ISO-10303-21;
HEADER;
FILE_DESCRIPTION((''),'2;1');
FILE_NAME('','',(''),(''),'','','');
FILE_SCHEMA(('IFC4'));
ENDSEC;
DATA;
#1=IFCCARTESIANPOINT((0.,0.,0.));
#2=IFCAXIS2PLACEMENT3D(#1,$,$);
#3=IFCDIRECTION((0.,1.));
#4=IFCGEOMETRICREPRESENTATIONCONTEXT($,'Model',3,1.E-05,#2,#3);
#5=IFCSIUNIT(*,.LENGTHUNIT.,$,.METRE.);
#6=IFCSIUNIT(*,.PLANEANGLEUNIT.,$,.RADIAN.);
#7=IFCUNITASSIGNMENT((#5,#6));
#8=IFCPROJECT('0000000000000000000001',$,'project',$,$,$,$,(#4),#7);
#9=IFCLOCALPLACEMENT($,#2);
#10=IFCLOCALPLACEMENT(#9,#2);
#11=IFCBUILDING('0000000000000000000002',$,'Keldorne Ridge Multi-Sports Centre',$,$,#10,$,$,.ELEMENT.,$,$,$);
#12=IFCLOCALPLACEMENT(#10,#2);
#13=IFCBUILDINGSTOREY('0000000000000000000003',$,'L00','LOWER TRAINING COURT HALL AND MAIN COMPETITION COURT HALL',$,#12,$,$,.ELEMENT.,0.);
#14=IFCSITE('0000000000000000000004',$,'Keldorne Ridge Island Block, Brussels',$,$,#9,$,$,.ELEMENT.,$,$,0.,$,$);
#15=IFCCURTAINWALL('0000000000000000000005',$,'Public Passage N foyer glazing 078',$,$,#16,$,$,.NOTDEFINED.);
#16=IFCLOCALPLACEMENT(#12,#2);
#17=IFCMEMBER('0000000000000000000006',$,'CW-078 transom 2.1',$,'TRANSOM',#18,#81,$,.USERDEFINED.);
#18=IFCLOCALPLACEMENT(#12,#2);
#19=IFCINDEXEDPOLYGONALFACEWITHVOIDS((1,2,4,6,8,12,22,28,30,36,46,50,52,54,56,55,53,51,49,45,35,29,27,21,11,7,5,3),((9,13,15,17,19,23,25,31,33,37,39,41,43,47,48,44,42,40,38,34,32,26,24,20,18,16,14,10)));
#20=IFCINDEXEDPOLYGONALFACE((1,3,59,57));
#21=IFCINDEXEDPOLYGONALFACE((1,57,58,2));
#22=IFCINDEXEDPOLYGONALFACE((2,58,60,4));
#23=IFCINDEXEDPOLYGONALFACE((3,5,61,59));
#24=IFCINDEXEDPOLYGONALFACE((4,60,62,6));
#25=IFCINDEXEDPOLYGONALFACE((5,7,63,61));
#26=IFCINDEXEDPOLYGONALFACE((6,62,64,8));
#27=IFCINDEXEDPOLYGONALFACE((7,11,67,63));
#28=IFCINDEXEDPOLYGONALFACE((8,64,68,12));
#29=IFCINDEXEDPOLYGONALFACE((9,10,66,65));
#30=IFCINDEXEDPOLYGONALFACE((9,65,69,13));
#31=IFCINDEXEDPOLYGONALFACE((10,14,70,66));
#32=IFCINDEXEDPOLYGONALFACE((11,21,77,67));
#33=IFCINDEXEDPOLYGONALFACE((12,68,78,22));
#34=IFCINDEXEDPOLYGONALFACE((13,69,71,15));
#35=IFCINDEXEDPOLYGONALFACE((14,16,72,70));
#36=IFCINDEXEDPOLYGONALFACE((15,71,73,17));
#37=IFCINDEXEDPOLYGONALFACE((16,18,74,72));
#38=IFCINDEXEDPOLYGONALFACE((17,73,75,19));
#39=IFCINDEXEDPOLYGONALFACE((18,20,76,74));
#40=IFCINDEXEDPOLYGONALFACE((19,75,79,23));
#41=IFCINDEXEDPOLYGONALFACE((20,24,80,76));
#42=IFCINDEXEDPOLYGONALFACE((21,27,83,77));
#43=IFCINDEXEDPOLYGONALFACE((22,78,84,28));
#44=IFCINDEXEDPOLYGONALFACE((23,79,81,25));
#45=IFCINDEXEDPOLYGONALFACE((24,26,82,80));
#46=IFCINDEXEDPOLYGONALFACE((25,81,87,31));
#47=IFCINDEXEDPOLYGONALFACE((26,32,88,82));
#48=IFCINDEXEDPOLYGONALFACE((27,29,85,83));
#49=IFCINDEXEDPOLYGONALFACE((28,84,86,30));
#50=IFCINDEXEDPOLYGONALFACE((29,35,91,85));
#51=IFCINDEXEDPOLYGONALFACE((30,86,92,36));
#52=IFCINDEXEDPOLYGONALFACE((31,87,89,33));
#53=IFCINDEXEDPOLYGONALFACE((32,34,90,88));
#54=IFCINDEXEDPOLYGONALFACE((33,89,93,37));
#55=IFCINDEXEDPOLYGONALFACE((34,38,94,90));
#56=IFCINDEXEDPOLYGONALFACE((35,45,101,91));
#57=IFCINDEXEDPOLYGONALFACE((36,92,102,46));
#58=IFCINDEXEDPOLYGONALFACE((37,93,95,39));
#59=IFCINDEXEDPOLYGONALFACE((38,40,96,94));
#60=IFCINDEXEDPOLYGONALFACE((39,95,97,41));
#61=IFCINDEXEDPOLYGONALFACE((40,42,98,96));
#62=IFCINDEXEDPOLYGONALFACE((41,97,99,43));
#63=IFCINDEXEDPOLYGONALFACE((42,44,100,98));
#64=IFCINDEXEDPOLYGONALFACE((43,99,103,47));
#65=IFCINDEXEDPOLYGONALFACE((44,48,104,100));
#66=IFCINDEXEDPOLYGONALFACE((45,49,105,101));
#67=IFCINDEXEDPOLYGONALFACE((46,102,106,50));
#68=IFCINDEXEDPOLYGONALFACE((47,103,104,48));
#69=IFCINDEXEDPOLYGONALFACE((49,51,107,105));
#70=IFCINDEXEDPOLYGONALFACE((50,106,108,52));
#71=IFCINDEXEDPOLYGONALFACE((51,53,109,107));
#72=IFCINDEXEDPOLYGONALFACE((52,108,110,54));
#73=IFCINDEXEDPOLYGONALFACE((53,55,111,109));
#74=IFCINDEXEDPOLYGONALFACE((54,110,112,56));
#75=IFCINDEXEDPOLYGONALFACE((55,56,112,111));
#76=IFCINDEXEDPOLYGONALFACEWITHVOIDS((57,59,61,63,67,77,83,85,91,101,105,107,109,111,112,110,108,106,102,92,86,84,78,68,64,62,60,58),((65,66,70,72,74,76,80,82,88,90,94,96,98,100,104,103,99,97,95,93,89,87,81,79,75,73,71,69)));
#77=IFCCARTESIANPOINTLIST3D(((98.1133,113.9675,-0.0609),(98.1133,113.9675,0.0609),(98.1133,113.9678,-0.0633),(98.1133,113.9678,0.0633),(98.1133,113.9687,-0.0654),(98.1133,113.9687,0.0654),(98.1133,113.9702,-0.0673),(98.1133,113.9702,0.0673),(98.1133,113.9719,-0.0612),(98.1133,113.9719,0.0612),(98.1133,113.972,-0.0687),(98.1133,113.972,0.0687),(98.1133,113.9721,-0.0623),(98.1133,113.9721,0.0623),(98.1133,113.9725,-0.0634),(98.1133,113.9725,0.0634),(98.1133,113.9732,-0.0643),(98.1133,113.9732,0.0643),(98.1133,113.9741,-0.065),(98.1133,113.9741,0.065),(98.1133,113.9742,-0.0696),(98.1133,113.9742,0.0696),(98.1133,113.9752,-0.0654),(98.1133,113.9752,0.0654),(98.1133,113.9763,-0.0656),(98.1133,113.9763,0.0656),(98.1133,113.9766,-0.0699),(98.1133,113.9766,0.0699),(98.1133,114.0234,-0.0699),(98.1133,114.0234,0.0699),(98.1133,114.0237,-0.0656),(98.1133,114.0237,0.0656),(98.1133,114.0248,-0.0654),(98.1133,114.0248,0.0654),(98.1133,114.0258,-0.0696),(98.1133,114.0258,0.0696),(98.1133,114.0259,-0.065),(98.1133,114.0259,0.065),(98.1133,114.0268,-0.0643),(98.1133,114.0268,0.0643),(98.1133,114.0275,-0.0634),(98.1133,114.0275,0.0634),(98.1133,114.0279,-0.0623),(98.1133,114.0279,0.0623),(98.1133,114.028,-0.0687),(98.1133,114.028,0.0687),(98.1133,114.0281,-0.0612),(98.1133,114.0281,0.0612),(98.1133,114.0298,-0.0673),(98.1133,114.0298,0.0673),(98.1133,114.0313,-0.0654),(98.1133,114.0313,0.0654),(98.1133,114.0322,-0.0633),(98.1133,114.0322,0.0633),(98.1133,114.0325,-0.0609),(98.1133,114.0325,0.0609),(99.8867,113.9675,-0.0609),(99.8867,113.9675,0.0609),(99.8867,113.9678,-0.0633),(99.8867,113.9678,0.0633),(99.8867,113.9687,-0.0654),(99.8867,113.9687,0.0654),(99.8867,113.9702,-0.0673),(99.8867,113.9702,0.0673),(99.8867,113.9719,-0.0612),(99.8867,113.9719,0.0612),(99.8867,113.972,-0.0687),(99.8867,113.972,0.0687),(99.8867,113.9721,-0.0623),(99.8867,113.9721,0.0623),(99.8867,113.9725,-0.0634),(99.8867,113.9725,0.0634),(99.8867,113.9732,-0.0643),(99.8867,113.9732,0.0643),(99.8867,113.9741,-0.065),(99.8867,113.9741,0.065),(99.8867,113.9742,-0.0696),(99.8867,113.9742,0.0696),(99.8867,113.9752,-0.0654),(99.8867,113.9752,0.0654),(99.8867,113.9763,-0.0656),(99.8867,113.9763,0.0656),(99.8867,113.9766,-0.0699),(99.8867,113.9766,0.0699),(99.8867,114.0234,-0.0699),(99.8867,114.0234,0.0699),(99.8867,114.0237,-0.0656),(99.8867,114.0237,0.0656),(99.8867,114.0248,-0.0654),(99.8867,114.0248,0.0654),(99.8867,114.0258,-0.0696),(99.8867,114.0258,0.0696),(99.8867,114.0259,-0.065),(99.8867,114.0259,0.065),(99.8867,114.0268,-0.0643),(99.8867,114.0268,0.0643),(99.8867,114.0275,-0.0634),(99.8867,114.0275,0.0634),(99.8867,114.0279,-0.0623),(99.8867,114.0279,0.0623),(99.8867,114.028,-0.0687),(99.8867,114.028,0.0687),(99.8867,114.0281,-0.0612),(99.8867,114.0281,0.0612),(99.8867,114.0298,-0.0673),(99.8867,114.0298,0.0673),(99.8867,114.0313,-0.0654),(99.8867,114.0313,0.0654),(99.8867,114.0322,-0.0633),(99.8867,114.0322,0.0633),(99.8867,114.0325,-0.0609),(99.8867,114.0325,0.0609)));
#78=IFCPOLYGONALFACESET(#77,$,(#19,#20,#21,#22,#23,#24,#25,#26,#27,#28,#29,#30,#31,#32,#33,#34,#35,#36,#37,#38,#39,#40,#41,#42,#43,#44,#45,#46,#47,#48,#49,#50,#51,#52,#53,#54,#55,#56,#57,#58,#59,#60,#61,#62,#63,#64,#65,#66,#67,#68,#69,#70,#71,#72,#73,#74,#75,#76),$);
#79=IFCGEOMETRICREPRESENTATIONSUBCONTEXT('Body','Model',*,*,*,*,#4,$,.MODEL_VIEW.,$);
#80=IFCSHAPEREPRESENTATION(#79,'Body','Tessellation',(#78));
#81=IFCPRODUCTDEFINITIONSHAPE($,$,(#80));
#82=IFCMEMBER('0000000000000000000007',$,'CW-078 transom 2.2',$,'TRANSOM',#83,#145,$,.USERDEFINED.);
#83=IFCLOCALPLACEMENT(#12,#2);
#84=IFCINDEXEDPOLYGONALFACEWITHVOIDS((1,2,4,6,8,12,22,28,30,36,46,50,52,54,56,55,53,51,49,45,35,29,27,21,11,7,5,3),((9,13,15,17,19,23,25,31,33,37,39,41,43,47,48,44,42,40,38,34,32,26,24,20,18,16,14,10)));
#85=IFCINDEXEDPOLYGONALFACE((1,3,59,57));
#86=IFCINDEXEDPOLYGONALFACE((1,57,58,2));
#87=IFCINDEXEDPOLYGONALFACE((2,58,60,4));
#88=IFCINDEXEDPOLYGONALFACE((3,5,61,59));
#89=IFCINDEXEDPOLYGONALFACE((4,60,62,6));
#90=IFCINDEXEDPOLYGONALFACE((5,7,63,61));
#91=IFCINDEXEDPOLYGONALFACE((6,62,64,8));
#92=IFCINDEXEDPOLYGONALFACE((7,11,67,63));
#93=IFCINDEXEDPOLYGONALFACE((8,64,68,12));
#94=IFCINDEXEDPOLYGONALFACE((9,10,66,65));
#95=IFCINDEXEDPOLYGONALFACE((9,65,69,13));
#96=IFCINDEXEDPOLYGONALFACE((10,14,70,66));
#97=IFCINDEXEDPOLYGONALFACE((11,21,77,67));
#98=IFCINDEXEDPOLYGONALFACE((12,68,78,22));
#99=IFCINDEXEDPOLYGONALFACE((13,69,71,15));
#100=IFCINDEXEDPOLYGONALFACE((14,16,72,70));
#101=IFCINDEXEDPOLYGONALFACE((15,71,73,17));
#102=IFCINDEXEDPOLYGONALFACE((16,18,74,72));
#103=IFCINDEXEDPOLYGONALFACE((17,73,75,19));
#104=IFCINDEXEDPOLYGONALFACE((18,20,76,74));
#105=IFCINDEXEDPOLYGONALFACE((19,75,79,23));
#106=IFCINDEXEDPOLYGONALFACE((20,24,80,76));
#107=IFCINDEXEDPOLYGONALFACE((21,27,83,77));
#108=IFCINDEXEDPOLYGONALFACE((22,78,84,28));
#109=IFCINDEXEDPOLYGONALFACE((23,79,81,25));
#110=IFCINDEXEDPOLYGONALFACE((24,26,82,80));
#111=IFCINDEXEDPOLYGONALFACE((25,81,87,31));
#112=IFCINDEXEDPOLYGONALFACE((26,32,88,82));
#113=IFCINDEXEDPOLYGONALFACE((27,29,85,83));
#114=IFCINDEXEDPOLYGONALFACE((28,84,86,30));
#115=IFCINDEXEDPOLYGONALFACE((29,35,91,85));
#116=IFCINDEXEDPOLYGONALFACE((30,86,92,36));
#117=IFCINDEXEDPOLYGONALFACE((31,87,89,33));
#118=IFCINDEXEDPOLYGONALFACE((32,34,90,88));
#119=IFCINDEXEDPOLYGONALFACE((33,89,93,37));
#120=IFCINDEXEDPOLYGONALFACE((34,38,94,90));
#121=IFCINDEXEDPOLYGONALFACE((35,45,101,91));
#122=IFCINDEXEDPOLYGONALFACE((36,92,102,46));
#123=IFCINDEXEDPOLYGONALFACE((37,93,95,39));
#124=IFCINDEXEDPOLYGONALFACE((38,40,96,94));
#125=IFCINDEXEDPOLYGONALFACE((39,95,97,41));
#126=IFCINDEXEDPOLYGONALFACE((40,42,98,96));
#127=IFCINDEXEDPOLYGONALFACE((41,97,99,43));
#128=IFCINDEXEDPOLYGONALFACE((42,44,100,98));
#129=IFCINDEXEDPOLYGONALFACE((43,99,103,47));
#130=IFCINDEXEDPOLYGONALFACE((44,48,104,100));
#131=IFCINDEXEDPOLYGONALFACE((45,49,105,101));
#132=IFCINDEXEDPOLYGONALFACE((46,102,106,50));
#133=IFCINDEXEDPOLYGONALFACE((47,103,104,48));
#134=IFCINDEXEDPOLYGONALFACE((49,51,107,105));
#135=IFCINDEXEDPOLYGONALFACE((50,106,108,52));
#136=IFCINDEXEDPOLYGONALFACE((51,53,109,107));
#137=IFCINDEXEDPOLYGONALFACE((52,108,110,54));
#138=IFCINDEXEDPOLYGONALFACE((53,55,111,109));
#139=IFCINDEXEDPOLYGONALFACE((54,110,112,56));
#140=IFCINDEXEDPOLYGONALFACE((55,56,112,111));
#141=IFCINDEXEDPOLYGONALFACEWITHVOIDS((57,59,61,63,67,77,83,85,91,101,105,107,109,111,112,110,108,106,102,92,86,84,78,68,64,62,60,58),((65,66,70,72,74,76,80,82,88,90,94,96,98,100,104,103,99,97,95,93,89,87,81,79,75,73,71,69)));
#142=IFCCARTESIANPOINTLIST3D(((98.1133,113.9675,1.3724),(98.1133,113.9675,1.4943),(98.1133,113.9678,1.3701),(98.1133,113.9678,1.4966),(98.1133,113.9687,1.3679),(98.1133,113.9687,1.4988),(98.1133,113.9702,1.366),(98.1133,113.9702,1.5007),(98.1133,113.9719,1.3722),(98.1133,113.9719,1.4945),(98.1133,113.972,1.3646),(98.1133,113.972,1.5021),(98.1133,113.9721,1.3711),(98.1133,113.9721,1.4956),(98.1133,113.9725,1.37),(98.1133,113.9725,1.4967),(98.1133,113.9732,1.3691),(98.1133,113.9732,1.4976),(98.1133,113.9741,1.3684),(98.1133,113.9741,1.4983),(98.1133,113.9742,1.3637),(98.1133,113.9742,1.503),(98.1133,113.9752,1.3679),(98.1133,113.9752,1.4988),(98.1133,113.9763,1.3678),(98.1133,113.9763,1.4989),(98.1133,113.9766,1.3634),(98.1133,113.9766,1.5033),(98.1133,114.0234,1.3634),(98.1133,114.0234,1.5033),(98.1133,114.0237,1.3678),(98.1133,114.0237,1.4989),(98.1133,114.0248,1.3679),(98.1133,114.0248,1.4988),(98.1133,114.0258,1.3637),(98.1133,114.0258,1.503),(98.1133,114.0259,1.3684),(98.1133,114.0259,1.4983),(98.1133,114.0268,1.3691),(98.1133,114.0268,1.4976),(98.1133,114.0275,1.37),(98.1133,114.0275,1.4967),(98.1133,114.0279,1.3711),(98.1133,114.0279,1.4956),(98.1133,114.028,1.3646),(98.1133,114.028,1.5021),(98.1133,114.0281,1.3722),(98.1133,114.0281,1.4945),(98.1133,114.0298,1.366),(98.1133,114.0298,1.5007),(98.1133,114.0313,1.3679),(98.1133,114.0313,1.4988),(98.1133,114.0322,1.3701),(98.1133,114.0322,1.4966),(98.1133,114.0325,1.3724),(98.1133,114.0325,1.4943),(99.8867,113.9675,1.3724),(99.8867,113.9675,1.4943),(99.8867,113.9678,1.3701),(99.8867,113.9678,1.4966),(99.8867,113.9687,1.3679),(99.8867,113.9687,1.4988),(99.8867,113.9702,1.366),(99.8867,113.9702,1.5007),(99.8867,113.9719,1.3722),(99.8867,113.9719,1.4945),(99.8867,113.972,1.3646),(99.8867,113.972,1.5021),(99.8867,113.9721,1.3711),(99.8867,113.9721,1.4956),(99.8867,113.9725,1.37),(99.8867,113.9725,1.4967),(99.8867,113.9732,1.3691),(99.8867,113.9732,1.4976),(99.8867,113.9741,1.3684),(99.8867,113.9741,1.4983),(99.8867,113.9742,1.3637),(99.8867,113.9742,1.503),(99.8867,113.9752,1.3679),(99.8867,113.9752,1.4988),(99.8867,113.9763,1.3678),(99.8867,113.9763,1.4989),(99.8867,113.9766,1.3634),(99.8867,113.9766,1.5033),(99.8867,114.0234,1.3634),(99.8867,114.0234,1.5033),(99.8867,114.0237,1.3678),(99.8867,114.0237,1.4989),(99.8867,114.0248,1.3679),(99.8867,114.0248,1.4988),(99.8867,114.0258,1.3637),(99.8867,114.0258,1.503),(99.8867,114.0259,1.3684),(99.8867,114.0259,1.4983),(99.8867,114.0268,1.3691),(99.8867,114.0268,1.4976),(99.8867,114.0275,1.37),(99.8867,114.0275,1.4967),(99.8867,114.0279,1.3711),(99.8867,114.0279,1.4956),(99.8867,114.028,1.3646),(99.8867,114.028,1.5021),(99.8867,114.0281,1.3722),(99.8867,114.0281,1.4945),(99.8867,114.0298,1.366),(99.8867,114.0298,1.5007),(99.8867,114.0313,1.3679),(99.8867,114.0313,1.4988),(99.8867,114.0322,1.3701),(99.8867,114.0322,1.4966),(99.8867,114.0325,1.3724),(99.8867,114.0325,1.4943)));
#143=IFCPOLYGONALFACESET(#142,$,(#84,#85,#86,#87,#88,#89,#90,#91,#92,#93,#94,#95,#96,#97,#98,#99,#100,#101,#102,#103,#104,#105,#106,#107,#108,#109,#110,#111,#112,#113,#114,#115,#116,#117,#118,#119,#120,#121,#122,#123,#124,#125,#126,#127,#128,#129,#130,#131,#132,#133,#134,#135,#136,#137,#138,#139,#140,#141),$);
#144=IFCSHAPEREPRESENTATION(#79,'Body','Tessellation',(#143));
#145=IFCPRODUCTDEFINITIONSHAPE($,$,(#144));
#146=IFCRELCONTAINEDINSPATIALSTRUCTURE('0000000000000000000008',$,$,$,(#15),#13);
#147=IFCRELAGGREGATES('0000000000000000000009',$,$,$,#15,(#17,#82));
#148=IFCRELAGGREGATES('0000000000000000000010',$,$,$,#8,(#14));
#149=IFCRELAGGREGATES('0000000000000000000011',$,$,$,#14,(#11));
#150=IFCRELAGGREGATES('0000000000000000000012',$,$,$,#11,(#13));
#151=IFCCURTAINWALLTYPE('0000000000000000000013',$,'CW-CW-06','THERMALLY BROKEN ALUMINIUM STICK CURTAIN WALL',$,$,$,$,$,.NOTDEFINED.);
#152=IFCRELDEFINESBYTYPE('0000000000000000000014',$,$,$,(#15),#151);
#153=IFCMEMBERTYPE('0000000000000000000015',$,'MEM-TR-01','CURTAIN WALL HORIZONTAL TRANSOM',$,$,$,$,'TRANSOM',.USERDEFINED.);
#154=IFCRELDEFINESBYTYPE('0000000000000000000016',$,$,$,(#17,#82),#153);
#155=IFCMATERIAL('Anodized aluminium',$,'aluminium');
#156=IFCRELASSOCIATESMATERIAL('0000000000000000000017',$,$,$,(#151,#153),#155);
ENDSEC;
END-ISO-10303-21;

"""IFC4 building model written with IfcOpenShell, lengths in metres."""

from ifc_helpers import new_model, si_unit, direction, frame, origin, origin_2d, place, context, subcontext, project, spatial, hollow_rectangle, extrude, material, material_profile, profile_set, type_object, element, aggregate, save


model = new_model("IFC4")

# Units and contexts
model_context = context("Model", 3, precision=1e-05, world=origin(), true_north=direction((0.0, 1.0)))
body_context = subcontext(model_context, "Body", "Model", "MODEL_VIEW")
ifc_project = project(units=[si_unit("LENGTHUNIT", "METRE"), si_unit("PLANEANGLEUNIT", "RADIAN")], contexts=[model_context])

# Site, building, storey
site_placement = place(None, origin())
site = spatial("IfcSite", under=ifc_project, at=site_placement, Name="Keldorne Ridge Island Block, Brussels", CompositionType="ELEMENT", RefElevation=0.0)
building_placement = place(site_placement, origin())
building = spatial("IfcBuilding", under=site, at=building_placement, Name="Keldorne Ridge Multi-Sports Centre", CompositionType="ELEMENT")
storey_placement = place(building_placement, origin())
storey = spatial("IfcBuildingStorey", under=building, at=storey_placement, Name="L00", Description="LOWER TRAINING COURT HALL AND MAIN COMPETITION COURT HALL", CompositionType="ELEMENT", Elevation=0.0)

# Curtain wall, members
ifc_material_1 = material(Name="Anodized aluminium", Category="aluminium")
curtain_wall_type = type_object("IfcCurtainWallType", Name="CW-CW-06", Description="THERMALLY BROKEN ALUMINIUM STICK CURTAIN WALL", PredefinedType="NOTDEFINED", material=ifc_material_1)
curtain_wall_placement = place(storey_placement, origin())
curtain_wall = element("IfcCurtainWall", 1, at=curtain_wall_placement, inside=storey, type_object=curtain_wall_type, Name="Public Passage N foyer glazing 078", PredefinedType="NOTDEFINED")
ifc_material_profile_1 = material_profile(ifc_material_1, hollow_rectangle(XDim=0.0649, YDim=0.1399, WallThickness=0.0044, InnerFilletRadius=0.0044, OuterFilletRadius=0.009, at=origin_2d()), Name="ALU TRANSOM 140x65x4.5")
ifc_profile_set_1 = profile_set([ifc_material_profile_1], Name="Anodized aluminium")
member_type_1 = type_object("IfcMemberType", Name="MEM-TR-01", Description="CURTAIN WALL HORIZONTAL TRANSOM", ElementType="TRANSOM", PredefinedType="USERDEFINED", material=ifc_profile_set_1)
member_1_placement = place(storey_placement, frame((99.8867, 114.0, 0.0), z_axis=(-1.0, 0.0, 0.0), x_axis=(0.0, -1.0, 0.0)))
member_1 = element("IfcMember", 2, at=member_1_placement, type_object=member_type_1, Name="CW-078 transom 2.1", ObjectType="TRANSOM", PredefinedType="USERDEFINED", context=body_context, shape_type="SweptSolid", body=[
    extrude(hollow_rectangle(XDim=0.0649, YDim=0.1399, WallThickness=0.0044, InnerFilletRadius=0.0044, OuterFilletRadius=0.009, at=origin_2d()), origin(), (0.0, 0.0, 1.0), 1.7734),
])
member_2_placement = place(storey_placement, frame((99.8867, 114.0, 1.4333), z_axis=(-1.0, 0.0, 0.0), x_axis=(0.0, -1.0, 0.0)))
member_2 = element("IfcMember", 3, at=member_2_placement, type_object=member_type_1, Name="CW-078 transom 2.2", ObjectType="TRANSOM", PredefinedType="USERDEFINED", context=body_context, shape_type="SweptSolid", body=[
    extrude(hollow_rectangle(XDim=0.0649, YDim=0.1399, WallThickness=0.0044, InnerFilletRadius=0.0044, OuterFilletRadius=0.009, at=origin_2d()), origin(), (0.0, 0.0, 1.0), 1.7734),
])
aggregate(curtain_wall, [member_1, member_2])

save(model, "model.ifc")
